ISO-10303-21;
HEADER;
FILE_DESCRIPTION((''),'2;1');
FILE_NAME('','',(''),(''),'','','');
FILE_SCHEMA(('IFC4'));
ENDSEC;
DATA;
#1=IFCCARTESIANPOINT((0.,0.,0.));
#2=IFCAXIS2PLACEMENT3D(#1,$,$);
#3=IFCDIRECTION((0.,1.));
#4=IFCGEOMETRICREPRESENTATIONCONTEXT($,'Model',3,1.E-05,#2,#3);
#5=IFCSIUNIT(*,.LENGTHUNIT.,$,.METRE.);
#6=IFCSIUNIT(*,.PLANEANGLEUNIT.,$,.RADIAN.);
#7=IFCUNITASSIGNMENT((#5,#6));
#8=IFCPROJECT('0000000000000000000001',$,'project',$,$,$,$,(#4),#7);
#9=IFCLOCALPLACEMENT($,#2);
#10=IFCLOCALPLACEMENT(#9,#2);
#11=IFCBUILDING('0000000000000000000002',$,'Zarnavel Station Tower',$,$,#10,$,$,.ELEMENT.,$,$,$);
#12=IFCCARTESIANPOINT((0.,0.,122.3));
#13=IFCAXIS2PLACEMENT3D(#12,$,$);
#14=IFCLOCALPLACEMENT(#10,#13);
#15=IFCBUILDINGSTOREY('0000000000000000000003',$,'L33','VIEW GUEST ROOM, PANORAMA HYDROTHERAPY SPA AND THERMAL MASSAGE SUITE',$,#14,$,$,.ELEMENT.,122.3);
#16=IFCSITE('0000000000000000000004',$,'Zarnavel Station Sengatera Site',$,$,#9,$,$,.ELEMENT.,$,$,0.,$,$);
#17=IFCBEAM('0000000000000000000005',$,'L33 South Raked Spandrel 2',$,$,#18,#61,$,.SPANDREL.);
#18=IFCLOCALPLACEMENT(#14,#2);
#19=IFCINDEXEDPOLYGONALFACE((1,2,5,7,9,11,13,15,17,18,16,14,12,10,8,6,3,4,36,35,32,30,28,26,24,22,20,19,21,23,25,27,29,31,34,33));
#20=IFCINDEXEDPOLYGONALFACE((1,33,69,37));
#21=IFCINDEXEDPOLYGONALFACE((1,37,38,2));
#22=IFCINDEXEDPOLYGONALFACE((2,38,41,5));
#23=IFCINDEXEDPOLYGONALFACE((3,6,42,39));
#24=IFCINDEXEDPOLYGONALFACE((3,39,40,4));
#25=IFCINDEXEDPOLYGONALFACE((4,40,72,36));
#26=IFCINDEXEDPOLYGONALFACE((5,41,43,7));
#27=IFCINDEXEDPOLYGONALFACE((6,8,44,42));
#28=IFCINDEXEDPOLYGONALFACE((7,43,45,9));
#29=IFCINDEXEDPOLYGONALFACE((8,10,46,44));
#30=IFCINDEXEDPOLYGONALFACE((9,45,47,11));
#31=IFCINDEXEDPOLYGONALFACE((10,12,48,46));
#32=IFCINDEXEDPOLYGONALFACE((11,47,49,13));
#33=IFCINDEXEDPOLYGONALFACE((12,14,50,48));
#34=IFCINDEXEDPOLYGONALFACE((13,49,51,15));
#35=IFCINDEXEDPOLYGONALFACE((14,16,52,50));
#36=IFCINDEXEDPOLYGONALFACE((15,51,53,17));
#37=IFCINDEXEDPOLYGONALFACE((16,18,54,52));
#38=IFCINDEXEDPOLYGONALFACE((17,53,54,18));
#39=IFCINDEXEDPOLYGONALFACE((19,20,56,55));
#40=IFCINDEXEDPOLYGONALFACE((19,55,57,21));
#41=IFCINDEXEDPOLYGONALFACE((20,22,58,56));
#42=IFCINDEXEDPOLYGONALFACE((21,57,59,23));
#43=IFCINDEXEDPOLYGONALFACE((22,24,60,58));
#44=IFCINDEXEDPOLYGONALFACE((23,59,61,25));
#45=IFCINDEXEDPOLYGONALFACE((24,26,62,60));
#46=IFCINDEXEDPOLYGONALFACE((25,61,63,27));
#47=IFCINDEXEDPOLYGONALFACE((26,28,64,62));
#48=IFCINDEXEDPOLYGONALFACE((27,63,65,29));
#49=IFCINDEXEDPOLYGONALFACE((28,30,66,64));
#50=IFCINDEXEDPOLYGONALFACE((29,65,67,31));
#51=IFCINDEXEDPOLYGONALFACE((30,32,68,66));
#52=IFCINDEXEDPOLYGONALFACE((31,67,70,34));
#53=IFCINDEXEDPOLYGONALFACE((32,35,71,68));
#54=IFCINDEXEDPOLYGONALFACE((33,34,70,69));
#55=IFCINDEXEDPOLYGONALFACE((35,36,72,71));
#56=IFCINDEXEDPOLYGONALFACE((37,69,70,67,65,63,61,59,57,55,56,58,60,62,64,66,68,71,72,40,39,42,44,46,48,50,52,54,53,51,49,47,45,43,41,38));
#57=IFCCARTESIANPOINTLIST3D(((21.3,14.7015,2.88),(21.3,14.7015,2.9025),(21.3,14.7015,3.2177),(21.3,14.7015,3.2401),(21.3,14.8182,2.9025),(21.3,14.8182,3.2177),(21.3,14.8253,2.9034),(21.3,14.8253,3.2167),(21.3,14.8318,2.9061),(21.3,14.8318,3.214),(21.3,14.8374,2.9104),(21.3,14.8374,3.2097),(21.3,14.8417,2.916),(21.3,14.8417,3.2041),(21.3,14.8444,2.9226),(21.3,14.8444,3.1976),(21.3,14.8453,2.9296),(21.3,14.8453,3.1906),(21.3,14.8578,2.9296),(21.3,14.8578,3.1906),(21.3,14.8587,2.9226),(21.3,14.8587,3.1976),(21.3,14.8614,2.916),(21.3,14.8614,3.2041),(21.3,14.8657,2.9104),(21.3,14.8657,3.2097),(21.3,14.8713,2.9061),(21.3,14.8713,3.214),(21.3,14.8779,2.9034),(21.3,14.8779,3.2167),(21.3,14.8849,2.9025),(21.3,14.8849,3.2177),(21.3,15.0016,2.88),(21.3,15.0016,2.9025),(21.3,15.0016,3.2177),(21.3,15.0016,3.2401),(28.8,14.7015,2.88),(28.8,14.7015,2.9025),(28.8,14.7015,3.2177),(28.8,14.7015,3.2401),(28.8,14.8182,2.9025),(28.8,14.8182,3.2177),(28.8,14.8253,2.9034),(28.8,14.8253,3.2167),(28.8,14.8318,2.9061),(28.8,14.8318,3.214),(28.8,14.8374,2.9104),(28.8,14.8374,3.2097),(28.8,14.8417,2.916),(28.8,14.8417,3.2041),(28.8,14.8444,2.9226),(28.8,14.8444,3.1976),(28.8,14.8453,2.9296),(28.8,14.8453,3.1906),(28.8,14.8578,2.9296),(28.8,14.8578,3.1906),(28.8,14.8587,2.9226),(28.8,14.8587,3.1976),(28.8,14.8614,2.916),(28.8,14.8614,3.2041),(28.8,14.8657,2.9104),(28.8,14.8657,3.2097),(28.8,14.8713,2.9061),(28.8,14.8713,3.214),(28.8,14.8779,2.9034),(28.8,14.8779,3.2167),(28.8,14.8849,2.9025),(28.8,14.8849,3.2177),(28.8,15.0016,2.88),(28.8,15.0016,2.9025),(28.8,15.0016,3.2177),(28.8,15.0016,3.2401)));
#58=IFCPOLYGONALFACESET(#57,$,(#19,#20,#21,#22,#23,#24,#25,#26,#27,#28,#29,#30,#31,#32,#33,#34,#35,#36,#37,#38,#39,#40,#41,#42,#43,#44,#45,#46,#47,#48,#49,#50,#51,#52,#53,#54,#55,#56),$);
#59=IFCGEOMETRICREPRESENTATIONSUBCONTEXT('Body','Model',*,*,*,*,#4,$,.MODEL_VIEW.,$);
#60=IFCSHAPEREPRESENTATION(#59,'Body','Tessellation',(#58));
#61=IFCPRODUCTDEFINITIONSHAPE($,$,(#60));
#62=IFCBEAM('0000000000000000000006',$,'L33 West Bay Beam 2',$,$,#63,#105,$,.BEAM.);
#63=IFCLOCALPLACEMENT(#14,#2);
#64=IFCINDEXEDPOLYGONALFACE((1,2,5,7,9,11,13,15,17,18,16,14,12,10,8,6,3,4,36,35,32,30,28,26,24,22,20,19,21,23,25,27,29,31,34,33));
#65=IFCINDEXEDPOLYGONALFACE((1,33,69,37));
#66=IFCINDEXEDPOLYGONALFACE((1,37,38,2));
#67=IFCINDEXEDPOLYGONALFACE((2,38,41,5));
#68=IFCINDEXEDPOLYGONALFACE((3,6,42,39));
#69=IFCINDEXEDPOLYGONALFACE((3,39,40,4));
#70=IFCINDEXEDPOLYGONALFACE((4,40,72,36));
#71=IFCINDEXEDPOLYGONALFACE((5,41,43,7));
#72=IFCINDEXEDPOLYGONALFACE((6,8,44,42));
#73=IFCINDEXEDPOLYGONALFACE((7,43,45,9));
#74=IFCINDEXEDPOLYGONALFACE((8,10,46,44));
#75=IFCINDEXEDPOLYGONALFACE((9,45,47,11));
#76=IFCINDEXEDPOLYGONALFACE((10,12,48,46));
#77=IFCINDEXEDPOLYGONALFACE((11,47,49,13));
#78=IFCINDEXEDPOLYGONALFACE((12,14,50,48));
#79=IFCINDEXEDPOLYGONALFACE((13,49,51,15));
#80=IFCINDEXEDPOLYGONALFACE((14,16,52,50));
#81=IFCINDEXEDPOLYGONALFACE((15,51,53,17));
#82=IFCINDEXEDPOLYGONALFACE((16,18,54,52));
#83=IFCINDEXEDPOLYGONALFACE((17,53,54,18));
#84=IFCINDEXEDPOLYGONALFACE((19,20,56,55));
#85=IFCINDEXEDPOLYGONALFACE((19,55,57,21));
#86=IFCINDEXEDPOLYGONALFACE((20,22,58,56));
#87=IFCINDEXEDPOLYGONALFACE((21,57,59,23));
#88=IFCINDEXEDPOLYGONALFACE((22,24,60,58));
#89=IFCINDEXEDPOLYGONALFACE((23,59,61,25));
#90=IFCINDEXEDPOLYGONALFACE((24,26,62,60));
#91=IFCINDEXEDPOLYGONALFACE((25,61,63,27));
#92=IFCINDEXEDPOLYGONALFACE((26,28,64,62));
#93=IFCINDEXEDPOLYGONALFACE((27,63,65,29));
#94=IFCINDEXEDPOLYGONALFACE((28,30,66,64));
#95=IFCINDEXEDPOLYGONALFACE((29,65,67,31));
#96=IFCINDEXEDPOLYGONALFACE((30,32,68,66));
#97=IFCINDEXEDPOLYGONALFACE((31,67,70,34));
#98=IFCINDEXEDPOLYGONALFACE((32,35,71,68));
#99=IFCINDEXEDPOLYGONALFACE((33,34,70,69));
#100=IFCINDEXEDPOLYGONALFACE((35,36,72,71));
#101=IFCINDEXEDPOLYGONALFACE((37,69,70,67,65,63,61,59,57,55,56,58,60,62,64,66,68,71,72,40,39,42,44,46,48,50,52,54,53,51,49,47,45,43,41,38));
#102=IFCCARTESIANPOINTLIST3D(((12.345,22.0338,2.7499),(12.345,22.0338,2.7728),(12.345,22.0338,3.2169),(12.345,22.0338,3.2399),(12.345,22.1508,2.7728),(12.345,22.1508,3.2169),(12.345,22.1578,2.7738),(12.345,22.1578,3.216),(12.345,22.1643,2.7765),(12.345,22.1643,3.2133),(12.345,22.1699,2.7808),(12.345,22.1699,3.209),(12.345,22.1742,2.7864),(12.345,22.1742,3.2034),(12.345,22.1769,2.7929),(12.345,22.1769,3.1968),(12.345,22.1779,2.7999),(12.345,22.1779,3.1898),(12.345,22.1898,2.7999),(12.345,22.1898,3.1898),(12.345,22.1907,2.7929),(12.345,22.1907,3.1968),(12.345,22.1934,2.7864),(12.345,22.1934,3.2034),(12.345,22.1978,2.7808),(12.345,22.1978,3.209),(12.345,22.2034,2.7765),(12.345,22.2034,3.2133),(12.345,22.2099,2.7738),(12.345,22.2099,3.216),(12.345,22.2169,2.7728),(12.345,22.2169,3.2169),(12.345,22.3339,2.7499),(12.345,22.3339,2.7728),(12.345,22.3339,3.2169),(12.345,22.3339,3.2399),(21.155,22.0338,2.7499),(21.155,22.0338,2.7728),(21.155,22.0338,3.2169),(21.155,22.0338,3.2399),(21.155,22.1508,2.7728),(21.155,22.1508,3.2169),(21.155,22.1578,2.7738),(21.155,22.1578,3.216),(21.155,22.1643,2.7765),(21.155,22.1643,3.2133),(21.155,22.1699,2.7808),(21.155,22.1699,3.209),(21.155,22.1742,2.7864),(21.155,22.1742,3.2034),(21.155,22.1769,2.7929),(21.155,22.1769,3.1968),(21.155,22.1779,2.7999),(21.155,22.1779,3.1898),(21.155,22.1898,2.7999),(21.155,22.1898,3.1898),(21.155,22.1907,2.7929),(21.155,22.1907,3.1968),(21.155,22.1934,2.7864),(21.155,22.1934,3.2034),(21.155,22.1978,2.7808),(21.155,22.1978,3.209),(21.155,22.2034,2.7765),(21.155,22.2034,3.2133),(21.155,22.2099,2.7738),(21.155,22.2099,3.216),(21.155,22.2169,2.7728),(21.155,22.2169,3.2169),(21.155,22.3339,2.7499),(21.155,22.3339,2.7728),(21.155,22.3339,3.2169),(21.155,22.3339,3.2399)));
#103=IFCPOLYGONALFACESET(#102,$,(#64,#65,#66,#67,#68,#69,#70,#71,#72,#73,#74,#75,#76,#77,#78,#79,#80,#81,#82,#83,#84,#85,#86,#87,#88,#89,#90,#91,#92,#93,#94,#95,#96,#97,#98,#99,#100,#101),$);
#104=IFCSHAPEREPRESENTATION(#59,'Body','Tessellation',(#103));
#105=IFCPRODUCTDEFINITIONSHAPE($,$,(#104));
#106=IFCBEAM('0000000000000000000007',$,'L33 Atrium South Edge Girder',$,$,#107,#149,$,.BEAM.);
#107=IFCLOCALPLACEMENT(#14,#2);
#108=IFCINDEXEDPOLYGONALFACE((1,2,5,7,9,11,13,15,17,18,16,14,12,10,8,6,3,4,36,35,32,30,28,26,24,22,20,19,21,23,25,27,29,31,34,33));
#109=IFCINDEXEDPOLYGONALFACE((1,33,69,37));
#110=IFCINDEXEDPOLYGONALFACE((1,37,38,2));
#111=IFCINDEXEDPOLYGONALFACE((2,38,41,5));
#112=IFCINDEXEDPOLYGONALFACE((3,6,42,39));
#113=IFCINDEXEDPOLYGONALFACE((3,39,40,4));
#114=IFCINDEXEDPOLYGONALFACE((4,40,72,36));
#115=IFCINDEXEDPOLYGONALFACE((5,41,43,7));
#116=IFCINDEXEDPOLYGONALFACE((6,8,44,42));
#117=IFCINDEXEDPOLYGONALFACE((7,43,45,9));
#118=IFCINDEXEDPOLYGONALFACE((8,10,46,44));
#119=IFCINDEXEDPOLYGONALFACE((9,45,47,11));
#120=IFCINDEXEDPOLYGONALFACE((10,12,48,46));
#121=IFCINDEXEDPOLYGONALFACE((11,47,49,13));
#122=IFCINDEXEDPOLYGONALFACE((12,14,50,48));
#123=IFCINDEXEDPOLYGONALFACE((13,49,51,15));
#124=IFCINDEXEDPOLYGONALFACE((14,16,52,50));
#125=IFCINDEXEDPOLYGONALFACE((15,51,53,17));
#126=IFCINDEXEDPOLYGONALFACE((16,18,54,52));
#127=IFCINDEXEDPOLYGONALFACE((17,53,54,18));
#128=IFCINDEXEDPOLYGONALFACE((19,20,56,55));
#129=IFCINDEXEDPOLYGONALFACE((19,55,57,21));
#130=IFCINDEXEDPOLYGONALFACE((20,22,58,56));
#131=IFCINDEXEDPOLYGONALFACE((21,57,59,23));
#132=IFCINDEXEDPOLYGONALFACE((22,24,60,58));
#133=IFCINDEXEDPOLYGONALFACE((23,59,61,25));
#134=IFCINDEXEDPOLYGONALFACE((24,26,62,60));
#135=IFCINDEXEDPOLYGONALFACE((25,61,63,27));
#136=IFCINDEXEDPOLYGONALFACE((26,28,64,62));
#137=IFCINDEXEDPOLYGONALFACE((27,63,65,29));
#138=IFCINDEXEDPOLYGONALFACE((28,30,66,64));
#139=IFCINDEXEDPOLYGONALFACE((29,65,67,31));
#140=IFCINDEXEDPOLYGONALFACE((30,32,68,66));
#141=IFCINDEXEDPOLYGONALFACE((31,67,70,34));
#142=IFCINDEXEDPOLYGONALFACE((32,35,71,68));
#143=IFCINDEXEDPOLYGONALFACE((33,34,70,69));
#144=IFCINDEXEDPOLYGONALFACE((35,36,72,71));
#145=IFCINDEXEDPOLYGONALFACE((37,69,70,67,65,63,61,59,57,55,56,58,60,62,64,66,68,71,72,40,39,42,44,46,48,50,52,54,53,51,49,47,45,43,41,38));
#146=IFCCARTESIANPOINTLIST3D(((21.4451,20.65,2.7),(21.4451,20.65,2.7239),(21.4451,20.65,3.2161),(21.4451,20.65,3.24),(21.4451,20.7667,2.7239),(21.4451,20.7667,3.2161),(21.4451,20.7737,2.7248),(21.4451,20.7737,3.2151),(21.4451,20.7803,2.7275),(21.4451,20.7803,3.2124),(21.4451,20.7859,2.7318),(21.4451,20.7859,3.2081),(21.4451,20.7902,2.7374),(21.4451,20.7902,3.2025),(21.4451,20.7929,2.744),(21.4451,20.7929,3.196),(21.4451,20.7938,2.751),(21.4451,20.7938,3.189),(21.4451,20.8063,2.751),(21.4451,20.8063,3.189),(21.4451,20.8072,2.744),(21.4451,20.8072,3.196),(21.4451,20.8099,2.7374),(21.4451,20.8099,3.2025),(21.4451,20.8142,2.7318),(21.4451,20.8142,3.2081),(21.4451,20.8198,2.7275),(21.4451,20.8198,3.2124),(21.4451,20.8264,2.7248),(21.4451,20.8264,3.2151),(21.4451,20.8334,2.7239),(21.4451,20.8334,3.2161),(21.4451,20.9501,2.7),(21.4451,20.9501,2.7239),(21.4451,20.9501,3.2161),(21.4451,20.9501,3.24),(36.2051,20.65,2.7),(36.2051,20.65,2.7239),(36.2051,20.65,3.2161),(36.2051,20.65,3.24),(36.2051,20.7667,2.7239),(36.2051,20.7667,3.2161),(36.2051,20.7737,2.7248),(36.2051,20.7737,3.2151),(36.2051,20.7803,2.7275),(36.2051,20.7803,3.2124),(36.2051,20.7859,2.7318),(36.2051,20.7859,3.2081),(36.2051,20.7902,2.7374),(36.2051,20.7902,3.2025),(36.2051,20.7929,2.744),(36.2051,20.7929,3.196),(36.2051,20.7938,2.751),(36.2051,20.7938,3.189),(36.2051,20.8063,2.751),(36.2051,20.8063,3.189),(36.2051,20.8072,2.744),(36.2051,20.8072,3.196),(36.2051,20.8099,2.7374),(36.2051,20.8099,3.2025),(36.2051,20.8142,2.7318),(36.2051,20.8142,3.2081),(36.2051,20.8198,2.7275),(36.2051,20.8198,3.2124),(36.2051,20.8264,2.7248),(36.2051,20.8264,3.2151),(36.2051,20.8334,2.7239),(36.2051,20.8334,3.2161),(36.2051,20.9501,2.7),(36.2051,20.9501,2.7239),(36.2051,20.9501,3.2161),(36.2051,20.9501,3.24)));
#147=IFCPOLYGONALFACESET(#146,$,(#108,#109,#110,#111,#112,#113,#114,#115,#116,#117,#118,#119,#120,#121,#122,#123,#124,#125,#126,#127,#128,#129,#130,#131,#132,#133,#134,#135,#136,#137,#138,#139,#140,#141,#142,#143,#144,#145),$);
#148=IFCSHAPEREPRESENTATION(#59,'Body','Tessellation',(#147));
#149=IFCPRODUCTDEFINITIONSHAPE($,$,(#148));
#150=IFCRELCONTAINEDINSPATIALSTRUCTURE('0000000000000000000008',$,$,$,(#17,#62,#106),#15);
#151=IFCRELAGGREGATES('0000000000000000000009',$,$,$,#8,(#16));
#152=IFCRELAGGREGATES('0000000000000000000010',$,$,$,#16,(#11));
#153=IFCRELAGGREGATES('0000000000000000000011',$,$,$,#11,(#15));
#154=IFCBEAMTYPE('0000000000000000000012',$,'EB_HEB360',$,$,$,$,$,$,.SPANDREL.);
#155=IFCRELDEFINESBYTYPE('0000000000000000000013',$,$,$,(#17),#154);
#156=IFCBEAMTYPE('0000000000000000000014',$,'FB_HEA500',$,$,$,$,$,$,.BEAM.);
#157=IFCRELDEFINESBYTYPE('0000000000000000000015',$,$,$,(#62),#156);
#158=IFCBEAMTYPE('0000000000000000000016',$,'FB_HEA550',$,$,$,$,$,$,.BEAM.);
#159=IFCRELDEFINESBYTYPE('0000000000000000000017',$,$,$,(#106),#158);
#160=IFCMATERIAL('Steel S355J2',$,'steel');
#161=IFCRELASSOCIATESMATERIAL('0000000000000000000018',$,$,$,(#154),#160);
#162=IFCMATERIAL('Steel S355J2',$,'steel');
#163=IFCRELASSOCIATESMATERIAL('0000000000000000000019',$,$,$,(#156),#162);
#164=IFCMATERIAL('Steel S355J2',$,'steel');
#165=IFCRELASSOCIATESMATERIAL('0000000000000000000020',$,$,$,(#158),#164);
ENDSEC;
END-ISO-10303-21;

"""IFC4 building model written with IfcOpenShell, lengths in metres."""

from ifc_helpers import new_model, si_unit, direction, frame, origin, origin_2d, place, context, subcontext, project, spatial, i_section, extrude, material, material_profile, profile_set, type_object, element, save


model = new_model("IFC4")

# Units and contexts
model_context = context("Model", 3, precision=1e-05, world=origin(), true_north=direction((0.0, 1.0)))
body_context = subcontext(model_context, "Body", "Model", "MODEL_VIEW")
ifc_project = project(units=[si_unit("LENGTHUNIT", "METRE"), si_unit("PLANEANGLEUNIT", "RADIAN")], contexts=[model_context])

# Site, building, storey
site_placement = place(None, origin())
site = spatial("IfcSite", under=ifc_project, at=site_placement, Name="Zarnavel Station Sengatera Site", CompositionType="ELEMENT", RefElevation=0.0)
building_placement = place(site_placement, origin())
building = spatial("IfcBuilding", under=site, at=building_placement, Name="Zarnavel Station Tower", CompositionType="ELEMENT")
storey_placement = place(building_placement, frame((0.0, 0.0, 122.3)))
storey = spatial("IfcBuildingStorey", under=building, at=storey_placement, Name="L33", Description="VIEW GUEST ROOM, PANORAMA HYDROTHERAPY SPA AND THERMAL MASSAGE SUITE", CompositionType="ELEMENT", Elevation=122.3)

# Beams
ifc_material_1 = material(Name="Steel S355J2", Category="steel")
ifc_material_profile_1 = material_profile(ifc_material_1, i_section(OverallWidth=0.3, OverallDepth=0.3601, WebThickness=0.0125, FlangeThickness=0.0225, FilletRadius=0.0271, at=origin_2d()), Name="HEB360")
ifc_profile_set_1 = profile_set([ifc_material_profile_1], Name="Steel S355J2")
beam_type_1 = type_object("IfcBeamType", Name="EB_HEB360", PredefinedType="SPANDREL", material=ifc_profile_set_1)
beam_1_placement = place(storey_placement, frame((21.3, 14.8516, 3.0601), z_axis=(1.0, 0.0, 0.0), x_axis=(0.0, 1.0, 0.0)))
element("IfcBeam", 1, at=beam_1_placement, inside=storey, type_object=beam_type_1, Name="L33 South Raked Spandrel 2", PredefinedType="SPANDREL", context=body_context, shape_type="SweptSolid", body=[
    extrude(i_section(OverallWidth=0.3, OverallDepth=0.3601, WebThickness=0.0125, FlangeThickness=0.0225, FilletRadius=0.0271, at=origin_2d()), origin(), (0.0, 0.0, 1.0), 7.5),
])
ifc_material_2 = material(Name="Steel S355J2", Category="steel")
ifc_material_profile_2 = material_profile(ifc_material_2, i_section(OverallWidth=0.3, OverallDepth=0.49, WebThickness=0.012, FlangeThickness=0.0229, FilletRadius=0.0271, at=origin_2d()), Name="HEA500")
ifc_profile_set_2 = profile_set([ifc_material_profile_2], Name="Steel S355J2")
beam_type_2 = type_object("IfcBeamType", Name="FB_HEA500", PredefinedType="BEAM", material=ifc_profile_set_2)
beam_2_placement = place(storey_placement, frame((12.345, 22.1838, 2.9949), z_axis=(1.0, 0.0, 0.0), x_axis=(0.0, 1.0, 0.0)))
element("IfcBeam", 2, at=beam_2_placement, inside=storey, type_object=beam_type_2, Name="L33 West Bay Beam 2", PredefinedType="BEAM", context=body_context, shape_type="SweptSolid", body=[
    extrude(i_section(OverallWidth=0.3, OverallDepth=0.49, WebThickness=0.012, FlangeThickness=0.0229, FilletRadius=0.0271, at=origin_2d()), origin(), (0.0, 0.0, 1.0), 8.8101),
])
ifc_material_3 = material(Name="Steel S355J2", Category="steel")
ifc_material_profile_3 = material_profile(ifc_material_3, i_section(OverallWidth=0.3, OverallDepth=0.54, WebThickness=0.0125, FlangeThickness=0.0239, FilletRadius=0.0271, at=origin_2d()), Name="HEA550")
ifc_profile_set_3 = profile_set([ifc_material_profile_3], Name="Steel S355J2")
beam_type_3 = type_object("IfcBeamType", Name="FB_HEA550", PredefinedType="BEAM", material=ifc_profile_set_3)
beam_3_placement = place(storey_placement, frame((21.4451, 20.8, 2.97), z_axis=(1.0, 0.0, 0.0), x_axis=(0.0, 1.0, 0.0)))
element("IfcBeam", 3, at=beam_3_placement, inside=storey, type_object=beam_type_3, Name="L33 Atrium South Edge Girder", PredefinedType="BEAM", context=body_context, shape_type="SweptSolid", body=[
    extrude(i_section(OverallWidth=0.3, OverallDepth=0.54, WebThickness=0.0125, FlangeThickness=0.0239, FilletRadius=0.0271, at=origin_2d()), origin(), (0.0, 0.0, 1.0), 14.76),
])

save(model, "model.ifc")
